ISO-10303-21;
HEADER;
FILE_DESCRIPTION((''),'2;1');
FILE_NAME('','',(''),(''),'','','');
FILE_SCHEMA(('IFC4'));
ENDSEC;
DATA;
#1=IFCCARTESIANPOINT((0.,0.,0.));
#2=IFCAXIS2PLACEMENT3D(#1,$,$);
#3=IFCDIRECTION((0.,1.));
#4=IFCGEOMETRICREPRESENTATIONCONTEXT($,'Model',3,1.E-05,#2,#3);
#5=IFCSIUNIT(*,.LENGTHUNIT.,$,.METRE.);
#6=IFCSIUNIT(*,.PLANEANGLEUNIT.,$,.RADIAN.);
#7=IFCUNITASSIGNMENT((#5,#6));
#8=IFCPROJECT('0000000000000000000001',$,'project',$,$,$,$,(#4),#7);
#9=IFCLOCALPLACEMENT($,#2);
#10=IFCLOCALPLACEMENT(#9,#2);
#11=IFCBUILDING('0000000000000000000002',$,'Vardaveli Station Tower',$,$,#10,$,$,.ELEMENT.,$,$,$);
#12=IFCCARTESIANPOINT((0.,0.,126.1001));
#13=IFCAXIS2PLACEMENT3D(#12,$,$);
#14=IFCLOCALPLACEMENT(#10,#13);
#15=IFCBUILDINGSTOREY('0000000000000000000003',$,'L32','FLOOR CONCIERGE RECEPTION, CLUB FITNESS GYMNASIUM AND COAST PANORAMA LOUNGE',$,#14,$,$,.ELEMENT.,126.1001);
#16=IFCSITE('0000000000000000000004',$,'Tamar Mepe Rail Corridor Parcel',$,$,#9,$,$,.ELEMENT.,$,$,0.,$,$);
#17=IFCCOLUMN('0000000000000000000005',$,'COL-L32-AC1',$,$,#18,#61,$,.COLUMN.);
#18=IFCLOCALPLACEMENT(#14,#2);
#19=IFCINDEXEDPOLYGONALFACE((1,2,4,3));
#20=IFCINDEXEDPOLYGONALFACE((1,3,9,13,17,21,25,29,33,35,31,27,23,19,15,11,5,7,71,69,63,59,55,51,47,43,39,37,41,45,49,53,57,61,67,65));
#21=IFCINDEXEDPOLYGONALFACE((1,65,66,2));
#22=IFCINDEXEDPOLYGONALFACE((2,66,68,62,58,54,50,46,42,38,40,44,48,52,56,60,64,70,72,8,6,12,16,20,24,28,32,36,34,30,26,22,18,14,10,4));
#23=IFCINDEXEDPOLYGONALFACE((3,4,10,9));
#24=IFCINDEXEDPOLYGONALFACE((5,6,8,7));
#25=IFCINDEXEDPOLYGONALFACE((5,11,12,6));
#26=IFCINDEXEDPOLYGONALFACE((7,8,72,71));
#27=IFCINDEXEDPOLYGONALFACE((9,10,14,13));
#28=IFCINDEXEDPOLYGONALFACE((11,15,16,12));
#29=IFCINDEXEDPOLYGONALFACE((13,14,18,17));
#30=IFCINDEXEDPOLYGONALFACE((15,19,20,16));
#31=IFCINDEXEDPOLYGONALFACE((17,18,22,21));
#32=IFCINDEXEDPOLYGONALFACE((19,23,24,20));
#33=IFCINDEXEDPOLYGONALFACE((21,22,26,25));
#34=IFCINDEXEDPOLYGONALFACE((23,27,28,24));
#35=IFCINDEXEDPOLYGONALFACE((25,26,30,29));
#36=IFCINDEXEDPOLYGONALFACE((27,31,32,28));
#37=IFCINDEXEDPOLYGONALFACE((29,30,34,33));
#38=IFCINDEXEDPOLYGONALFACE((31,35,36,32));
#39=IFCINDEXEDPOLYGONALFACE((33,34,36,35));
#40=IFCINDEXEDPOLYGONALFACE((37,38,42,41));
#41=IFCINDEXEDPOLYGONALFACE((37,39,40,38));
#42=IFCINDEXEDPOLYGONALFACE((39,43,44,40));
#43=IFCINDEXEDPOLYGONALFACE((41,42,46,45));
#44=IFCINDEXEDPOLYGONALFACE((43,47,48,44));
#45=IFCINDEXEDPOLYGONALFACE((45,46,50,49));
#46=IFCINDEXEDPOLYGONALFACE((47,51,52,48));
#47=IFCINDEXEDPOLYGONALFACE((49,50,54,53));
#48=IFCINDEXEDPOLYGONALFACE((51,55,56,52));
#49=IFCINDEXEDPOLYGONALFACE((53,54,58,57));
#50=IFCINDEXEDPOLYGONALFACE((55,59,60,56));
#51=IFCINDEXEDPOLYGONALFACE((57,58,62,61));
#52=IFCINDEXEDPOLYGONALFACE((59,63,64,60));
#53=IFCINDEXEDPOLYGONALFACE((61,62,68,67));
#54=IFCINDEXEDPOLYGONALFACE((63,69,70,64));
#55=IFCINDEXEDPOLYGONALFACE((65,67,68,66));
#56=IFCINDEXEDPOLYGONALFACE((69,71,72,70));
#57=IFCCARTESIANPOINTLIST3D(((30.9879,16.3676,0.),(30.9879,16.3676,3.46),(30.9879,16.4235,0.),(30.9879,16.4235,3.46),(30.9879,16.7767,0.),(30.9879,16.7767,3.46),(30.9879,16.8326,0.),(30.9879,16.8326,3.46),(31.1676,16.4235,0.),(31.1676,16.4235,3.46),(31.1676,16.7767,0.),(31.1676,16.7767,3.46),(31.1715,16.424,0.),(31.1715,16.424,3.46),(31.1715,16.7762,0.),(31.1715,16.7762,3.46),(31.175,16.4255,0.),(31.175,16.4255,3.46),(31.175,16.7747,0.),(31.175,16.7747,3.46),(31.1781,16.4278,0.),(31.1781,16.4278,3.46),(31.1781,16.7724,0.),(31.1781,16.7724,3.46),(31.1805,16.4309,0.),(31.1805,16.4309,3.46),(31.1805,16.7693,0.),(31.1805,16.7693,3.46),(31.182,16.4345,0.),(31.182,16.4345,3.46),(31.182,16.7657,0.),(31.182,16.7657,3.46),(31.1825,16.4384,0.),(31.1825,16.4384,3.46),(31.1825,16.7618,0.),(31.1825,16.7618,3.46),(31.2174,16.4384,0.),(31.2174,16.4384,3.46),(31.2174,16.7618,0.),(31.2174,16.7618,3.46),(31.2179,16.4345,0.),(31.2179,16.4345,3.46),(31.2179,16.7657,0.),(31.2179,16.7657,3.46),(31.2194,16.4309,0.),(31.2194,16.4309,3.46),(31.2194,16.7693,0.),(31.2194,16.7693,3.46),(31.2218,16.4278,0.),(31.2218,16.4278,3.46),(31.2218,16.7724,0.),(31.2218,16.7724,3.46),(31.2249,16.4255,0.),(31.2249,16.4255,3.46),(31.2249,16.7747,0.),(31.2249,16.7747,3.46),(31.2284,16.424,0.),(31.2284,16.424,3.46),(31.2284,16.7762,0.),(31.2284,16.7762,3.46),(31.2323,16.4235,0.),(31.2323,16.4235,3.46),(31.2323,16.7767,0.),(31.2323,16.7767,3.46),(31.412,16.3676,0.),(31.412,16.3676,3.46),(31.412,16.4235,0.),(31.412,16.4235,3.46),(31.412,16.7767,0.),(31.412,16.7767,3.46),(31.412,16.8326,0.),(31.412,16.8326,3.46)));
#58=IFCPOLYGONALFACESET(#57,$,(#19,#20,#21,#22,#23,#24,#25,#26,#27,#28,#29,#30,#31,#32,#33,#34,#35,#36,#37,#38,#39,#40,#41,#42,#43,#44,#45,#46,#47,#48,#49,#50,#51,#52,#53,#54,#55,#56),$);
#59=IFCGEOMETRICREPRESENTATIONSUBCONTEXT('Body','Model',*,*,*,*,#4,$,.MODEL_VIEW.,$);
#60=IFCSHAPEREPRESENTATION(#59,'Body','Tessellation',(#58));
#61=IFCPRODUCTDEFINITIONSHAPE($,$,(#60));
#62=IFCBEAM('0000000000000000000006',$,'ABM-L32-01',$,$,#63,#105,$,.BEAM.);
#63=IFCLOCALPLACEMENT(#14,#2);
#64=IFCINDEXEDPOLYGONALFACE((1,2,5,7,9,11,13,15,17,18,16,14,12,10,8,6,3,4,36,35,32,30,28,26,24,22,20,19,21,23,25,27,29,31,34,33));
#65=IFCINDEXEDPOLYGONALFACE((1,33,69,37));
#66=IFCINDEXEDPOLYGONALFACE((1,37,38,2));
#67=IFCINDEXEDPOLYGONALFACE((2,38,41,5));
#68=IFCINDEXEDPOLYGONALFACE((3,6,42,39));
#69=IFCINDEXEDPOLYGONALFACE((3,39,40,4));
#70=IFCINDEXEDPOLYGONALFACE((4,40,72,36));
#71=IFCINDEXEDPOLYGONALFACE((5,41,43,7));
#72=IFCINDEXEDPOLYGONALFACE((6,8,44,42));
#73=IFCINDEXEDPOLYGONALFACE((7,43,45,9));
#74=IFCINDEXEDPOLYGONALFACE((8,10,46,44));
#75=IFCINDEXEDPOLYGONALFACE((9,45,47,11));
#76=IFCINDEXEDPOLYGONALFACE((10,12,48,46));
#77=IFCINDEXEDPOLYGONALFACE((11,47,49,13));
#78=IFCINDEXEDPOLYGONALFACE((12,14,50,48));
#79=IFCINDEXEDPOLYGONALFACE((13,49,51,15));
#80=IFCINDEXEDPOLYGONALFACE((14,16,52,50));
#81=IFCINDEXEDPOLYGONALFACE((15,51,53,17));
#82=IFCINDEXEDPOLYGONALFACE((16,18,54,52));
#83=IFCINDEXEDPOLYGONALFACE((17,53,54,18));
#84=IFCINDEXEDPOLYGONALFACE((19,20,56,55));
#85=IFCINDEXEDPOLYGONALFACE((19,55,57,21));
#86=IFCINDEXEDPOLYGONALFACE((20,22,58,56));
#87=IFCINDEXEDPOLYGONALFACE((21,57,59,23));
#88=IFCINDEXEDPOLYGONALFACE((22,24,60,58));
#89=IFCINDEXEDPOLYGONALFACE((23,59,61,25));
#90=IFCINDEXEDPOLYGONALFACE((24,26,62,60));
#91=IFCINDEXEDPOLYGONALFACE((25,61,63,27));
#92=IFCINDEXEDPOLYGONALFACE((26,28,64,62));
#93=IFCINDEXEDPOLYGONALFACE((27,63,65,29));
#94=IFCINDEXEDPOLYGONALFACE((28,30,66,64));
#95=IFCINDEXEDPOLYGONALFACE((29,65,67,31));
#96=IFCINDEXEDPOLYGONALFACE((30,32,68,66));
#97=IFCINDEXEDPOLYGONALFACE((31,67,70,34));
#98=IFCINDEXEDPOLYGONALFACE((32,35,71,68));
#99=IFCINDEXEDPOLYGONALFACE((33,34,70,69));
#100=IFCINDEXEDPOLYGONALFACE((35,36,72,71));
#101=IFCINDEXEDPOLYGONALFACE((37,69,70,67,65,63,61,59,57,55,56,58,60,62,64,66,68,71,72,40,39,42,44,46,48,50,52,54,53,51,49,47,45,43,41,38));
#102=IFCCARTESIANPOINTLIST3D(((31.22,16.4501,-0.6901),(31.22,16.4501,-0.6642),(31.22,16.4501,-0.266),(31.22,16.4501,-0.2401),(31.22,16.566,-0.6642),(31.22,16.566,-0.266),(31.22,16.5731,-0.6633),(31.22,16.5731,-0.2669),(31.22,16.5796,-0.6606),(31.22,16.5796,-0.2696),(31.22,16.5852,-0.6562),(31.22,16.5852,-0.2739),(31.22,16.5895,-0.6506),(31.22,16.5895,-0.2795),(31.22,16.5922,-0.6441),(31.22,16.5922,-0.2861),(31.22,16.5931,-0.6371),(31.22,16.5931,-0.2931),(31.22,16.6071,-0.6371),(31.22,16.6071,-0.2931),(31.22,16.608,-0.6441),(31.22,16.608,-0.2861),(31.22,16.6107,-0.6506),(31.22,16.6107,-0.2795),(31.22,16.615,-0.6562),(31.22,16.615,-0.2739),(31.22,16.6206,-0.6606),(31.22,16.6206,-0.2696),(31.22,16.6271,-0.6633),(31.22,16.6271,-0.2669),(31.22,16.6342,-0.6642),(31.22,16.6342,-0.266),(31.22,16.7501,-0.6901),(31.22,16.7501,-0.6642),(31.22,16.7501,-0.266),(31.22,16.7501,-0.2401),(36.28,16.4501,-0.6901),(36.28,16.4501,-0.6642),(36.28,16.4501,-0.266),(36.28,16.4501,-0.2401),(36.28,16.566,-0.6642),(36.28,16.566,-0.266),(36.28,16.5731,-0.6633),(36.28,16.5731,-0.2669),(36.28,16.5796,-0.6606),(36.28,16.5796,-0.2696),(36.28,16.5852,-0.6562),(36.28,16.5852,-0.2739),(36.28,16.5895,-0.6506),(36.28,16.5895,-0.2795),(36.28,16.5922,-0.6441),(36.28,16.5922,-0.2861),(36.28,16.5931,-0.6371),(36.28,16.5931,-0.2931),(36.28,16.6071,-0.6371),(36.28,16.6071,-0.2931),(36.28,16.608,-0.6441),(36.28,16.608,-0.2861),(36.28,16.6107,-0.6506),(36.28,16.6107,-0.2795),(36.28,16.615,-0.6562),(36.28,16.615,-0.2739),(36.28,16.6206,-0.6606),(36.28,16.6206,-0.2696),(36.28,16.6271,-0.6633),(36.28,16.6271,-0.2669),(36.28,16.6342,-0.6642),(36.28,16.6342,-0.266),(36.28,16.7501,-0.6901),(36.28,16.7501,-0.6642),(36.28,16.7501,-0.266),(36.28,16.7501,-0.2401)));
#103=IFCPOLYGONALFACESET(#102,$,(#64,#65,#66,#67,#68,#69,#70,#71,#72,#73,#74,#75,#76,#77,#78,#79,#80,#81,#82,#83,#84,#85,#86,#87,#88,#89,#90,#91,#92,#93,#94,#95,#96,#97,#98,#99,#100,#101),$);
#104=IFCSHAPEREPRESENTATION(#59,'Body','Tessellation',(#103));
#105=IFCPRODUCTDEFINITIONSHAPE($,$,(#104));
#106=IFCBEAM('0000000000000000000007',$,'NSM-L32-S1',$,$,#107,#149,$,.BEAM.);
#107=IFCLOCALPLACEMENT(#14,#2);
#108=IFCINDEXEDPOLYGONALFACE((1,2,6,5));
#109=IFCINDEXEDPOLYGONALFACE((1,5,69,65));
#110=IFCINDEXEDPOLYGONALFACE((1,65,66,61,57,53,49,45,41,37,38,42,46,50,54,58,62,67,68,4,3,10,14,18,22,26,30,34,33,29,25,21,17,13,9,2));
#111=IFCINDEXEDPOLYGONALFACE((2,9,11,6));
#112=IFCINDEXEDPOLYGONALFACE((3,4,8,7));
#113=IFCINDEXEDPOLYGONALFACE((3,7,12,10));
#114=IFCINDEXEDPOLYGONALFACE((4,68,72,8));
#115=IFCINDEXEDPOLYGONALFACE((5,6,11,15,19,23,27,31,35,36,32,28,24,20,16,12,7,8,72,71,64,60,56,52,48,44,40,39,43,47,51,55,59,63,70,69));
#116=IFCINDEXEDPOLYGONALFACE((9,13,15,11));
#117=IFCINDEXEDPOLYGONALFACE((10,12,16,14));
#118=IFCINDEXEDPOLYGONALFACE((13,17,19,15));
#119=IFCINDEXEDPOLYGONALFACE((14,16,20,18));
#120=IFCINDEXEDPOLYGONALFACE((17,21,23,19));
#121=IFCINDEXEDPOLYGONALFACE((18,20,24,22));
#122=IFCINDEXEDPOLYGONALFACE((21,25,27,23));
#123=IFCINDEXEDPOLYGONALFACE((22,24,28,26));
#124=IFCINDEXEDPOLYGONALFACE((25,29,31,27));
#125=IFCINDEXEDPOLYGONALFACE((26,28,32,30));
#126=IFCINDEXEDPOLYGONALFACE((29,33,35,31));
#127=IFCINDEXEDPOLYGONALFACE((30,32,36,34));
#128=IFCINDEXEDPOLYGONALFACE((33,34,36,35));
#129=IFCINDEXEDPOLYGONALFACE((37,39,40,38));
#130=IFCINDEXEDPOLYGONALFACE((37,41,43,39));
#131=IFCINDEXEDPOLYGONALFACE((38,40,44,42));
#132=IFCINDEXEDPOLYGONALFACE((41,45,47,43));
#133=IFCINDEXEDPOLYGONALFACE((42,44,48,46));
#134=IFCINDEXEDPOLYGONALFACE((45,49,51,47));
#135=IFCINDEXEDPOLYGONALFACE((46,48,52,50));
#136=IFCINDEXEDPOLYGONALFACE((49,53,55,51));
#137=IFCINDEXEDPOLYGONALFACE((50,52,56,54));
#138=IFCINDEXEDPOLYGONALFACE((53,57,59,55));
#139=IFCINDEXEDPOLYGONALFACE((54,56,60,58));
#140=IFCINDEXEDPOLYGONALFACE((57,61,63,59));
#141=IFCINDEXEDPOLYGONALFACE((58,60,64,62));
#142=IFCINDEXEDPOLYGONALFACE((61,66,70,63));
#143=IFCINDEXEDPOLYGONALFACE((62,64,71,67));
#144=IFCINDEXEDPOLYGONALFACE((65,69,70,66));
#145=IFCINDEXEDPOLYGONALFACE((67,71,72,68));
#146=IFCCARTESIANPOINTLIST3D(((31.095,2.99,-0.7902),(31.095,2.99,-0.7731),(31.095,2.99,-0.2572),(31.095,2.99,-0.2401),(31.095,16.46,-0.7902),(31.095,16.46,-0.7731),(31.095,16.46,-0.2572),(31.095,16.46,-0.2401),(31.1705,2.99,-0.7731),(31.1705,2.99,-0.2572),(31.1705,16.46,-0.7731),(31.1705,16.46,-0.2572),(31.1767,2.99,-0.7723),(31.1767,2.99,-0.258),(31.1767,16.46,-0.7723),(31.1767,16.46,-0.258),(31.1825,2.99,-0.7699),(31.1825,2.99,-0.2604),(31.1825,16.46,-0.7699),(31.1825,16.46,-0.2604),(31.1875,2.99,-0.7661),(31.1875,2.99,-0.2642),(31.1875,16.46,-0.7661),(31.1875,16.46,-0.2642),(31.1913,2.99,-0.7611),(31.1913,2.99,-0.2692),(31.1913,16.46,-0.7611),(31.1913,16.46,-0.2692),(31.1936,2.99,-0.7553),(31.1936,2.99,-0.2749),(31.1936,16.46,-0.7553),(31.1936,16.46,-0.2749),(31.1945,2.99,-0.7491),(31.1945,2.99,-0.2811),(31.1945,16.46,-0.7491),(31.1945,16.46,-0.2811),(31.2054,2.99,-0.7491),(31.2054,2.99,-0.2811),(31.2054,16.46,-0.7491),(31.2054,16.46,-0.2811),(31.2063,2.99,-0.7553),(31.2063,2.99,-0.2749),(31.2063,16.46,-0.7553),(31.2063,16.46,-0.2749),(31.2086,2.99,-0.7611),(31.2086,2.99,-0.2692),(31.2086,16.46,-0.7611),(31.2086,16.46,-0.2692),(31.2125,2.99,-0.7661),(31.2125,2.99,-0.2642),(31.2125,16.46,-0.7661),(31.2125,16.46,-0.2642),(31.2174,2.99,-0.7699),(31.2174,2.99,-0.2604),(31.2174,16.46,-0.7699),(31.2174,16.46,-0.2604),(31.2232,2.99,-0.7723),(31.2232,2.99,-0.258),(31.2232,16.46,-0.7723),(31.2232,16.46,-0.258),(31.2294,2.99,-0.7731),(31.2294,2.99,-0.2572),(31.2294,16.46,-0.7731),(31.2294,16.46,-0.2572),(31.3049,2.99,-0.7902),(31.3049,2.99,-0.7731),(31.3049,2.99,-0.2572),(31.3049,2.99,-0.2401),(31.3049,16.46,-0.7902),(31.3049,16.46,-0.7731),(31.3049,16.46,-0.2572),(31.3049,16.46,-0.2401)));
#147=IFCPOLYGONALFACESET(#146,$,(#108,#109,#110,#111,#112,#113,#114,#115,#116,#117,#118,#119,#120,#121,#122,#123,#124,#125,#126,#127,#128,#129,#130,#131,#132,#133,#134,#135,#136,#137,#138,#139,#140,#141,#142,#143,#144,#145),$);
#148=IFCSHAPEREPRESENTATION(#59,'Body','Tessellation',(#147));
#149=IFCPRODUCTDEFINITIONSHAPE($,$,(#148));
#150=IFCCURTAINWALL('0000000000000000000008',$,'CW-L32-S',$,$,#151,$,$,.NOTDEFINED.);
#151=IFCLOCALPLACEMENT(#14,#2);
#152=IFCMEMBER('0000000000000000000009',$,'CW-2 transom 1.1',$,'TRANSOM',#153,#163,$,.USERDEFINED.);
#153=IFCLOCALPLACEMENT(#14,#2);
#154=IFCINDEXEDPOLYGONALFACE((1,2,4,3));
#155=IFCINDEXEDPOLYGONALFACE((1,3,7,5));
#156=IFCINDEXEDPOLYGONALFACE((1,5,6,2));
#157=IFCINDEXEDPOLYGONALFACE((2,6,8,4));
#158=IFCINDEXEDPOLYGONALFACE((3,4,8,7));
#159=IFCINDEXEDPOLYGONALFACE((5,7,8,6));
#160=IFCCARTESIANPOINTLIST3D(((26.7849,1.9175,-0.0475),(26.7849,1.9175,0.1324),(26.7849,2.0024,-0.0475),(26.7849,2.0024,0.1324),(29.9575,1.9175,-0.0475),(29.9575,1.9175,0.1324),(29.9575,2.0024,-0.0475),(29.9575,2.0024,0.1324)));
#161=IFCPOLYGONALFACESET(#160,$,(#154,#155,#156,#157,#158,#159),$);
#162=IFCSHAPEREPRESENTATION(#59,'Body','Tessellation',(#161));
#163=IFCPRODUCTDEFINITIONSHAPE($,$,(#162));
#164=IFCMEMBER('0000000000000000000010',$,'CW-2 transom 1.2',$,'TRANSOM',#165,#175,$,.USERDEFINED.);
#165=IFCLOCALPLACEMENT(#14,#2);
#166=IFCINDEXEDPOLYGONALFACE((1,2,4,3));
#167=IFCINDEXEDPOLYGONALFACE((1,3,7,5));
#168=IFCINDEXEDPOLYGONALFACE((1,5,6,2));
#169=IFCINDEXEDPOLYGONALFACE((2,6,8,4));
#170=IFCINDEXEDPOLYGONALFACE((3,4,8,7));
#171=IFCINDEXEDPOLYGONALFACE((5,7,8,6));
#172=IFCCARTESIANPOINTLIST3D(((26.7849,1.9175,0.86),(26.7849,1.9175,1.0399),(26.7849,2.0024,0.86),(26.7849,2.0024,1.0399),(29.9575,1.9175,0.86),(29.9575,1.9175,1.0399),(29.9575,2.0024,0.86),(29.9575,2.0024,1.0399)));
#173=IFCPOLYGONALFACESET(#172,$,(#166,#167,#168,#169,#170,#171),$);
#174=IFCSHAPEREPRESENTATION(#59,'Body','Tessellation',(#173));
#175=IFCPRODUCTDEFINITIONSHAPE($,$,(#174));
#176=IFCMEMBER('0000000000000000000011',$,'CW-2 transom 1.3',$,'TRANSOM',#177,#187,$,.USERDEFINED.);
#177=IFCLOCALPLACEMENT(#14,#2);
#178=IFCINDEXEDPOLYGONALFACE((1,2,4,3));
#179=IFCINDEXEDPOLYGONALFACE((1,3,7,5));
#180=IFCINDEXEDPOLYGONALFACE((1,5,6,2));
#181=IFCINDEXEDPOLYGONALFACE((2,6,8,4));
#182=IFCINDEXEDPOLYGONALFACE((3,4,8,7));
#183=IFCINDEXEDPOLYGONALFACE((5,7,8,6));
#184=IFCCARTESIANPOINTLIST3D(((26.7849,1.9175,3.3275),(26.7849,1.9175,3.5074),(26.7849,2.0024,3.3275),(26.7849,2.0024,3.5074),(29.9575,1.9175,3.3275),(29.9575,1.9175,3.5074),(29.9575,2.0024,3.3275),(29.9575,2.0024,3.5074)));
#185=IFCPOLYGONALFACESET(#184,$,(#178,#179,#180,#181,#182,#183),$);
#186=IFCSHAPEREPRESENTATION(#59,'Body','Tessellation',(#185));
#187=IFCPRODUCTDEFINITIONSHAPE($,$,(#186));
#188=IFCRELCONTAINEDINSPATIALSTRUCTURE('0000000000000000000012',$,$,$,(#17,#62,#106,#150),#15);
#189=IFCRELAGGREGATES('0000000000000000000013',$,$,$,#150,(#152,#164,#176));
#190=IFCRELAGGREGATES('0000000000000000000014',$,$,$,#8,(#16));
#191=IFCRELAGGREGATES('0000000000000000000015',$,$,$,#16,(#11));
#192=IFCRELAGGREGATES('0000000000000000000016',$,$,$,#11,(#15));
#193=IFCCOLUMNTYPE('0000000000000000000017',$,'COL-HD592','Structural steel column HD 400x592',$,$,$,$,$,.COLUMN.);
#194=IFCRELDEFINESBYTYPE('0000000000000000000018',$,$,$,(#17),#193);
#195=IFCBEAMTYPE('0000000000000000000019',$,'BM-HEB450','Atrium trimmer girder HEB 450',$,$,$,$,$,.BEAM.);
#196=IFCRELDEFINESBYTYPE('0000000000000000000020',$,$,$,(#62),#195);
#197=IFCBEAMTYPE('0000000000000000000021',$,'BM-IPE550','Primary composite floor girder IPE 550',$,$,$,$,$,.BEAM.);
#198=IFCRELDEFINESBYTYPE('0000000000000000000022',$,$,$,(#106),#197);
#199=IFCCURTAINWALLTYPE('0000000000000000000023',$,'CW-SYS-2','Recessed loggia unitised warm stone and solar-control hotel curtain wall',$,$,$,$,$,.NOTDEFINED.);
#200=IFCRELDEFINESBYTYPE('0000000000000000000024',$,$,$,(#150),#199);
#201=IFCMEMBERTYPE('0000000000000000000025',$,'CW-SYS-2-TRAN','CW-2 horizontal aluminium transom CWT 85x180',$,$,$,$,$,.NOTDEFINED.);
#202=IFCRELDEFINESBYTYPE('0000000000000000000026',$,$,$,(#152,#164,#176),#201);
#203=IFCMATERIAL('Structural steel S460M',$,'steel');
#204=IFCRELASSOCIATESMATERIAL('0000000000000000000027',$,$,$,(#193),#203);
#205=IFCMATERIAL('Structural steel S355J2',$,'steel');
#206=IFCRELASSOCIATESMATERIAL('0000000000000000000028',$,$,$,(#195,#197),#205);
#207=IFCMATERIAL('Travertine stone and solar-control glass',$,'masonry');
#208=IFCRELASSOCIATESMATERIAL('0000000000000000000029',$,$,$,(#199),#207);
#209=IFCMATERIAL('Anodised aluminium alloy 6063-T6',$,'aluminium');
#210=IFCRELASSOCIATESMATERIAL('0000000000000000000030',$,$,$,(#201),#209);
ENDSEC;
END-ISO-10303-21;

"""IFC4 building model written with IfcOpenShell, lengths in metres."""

from ifc_helpers import new_model, si_unit, direction, frame, origin, origin_2d, place, context, subcontext, project, spatial, rectangle, i_section, extrude, source, transform, mapped, material, material_profile, profile_set, type_object, element, aggregate, save


model = new_model("IFC4")

# Units and contexts
model_context = context("Model", 3, precision=1e-05, world=origin(), true_north=direction((0.0, 1.0)))
body_context = subcontext(model_context, "Body", "Model", "MODEL_VIEW")
ifc_project = project(units=[si_unit("LENGTHUNIT", "METRE"), si_unit("PLANEANGLEUNIT", "RADIAN")], contexts=[model_context])

# Site, building, storey
site_placement = place(None, origin())
site = spatial("IfcSite", under=ifc_project, at=site_placement, Name="Tamar Mepe Rail Corridor Parcel", CompositionType="ELEMENT", RefElevation=0.0)
building_placement = place(site_placement, origin())
building = spatial("IfcBuilding", under=site, at=building_placement, Name="Vardaveli Station Tower", CompositionType="ELEMENT")
storey_placement = place(building_placement, frame((0.0, 0.0, 126.1001)))
storey = spatial("IfcBuildingStorey", under=building, at=storey_placement, Name="L32", Description="FLOOR CONCIERGE RECEPTION, CLUB FITNESS GYMNASIUM AND COAST PANORAMA LOUNGE", CompositionType="ELEMENT", Elevation=126.1001)

# Column
ifc_material_1 = material(Name="Structural steel S460M", Category="steel")
ifc_material_profile_1 = material_profile(ifc_material_1, i_section(OverallWidth=0.4241, OverallDepth=0.4651, WebThickness=0.0349, FlangeThickness=0.0559, FilletRadius=0.0149, at=origin_2d()), Name="HD 400x592")
ifc_profile_set_1 = profile_set([ifc_material_profile_1], Name="Structural steel S460M")
column_type = type_object("IfcColumnType", Name="COL-HD592", Description="Structural steel column HD 400x592", PredefinedType="COLUMN", material=ifc_profile_set_1)
shared_shape_1 = source(origin(), body_context, "Body", "SweptSolid", [
    extrude(i_section(OverallWidth=0.4241, OverallDepth=0.4651, WebThickness=0.0349, FlangeThickness=0.0559, FilletRadius=0.0149, at=origin_2d()), origin(), (0.0, 0.0, 1.0), 3.46),
])
column_placement = place(storey_placement, frame((31.2, 16.6001, 0.0), z_axis=(0.0, 0.0, 1.0), x_axis=(1.0, 0.0, 0.0)))
element("IfcColumn", 1, at=column_placement, inside=storey, type_object=column_type, Name="COL-L32-AC1", PredefinedType="COLUMN", context=body_context, shape_type="MappedRepresentation", body=[
    mapped(shared_shape_1, transform((0.0, 0.0, 0.0), scale=1.0)),
])

# Beams
ifc_material_2 = material(Name="Structural steel S355J2", Category="steel")
ifc_material_profile_2 = material_profile(ifc_material_2, i_section(OverallWidth=0.3, OverallDepth=0.45, WebThickness=0.0139, FlangeThickness=0.0259, FilletRadius=0.0271, at=origin_2d()), Name="HEB 450")
ifc_profile_set_2 = profile_set([ifc_material_profile_2], Name="Structural steel S355J2")
beam_type_1 = type_object("IfcBeamType", Name="BM-HEB450", Description="Atrium trimmer girder HEB 450", PredefinedType="BEAM", material=ifc_profile_set_2)
shared_shape_2 = source(origin(), body_context, "Body", "SweptSolid", [
    extrude(i_section(OverallWidth=0.3, OverallDepth=0.45, WebThickness=0.0139, FlangeThickness=0.0259, FilletRadius=0.0271, at=origin_2d()), origin(), (0.0, 0.0, 1.0), 5.0601),
])
beam_1_placement = place(storey_placement, frame((31.22, 16.6001, -0.4651), z_axis=(1.0, 0.0, 0.0), x_axis=(0.0, 1.0, 0.0)))
element("IfcBeam", 2, at=beam_1_placement, inside=storey, type_object=beam_type_1, Name="ABM-L32-01", PredefinedType="BEAM", context=body_context, shape_type="MappedRepresentation", body=[
    mapped(shared_shape_2, transform((0.0, 0.0, 0.0), scale=1.0)),
])
ifc_material_profile_3 = material_profile(ifc_material_2, i_section(OverallWidth=0.21, OverallDepth=0.55, WebThickness=0.011, FlangeThickness=0.0171, FilletRadius=0.0239, at=origin_2d()), Name="IPE 550")
ifc_profile_set_3 = profile_set([ifc_material_profile_3], Name="Structural steel S355J2")
beam_type_2 = type_object("IfcBeamType", Name="BM-IPE550", Description="Primary composite floor girder IPE 550", PredefinedType="BEAM", material=ifc_profile_set_3)
shared_shape_3 = source(origin(), body_context, "Body", "SweptSolid", [
    extrude(i_section(OverallWidth=0.21, OverallDepth=0.55, WebThickness=0.011, FlangeThickness=0.0171, FilletRadius=0.0239, at=origin_2d()), origin(), (0.0, 0.0, 1.0), 13.47),
])
beam_2_placement = place(storey_placement, frame((31.2, 2.99, -0.5151), z_axis=(0.0, 1.0, 0.0), x_axis=(-1.0, 0.0, 0.0)))
element("IfcBeam", 3, at=beam_2_placement, inside=storey, type_object=beam_type_2, Name="NSM-L32-S1", PredefinedType="BEAM", context=body_context, shape_type="MappedRepresentation", body=[
    mapped(shared_shape_3, transform((0.0, 0.0, 0.0), scale=1.0)),
])

# Curtain wall, members
ifc_material_3 = material(Name="Travertine stone and solar-control glass", Category="masonry")
curtain_wall_type = type_object("IfcCurtainWallType", Name="CW-SYS-2", Description="Recessed loggia unitised warm stone and solar-control hotel curtain wall", PredefinedType="NOTDEFINED", material=ifc_material_3)
curtain_wall_placement = place(storey_placement, origin())
curtain_wall = element("IfcCurtainWall", 4, at=curtain_wall_placement, inside=storey, type_object=curtain_wall_type, Name="CW-L32-S", PredefinedType="NOTDEFINED")
ifc_material_4 = material(Name="Anodised aluminium alloy 6063-T6", Category="aluminium")
ifc_material_profile_4 = material_profile(ifc_material_4, rectangle(XDim=0.085, YDim=0.1799, at=origin_2d()), Name="CWT 85x180")
ifc_profile_set_4 = profile_set([ifc_material_profile_4], Name="Anodised aluminium alloy 6063-T6")
member_type_1 = type_object("IfcMemberType", Name="CW-SYS-2-TRAN", Description="CW-2 horizontal aluminium transom CWT 85x180", PredefinedType="NOTDEFINED", material=ifc_profile_set_4)
shared_shape_4 = source(origin(), body_context, "Body", "SweptSolid", [
    extrude(rectangle(XDim=0.085, YDim=0.1799, at=origin_2d()), origin(), (0.0, 0.0, 1.0), 3.1726),
])
member_1_placement = place(storey_placement, frame((26.7849, 1.96, 0.0425), z_axis=(1.0, 0.0, 0.0), x_axis=(0.0, 1.0, 0.0)))
member_1 = element("IfcMember", 5, at=member_1_placement, type_object=member_type_1, Name="CW-2 transom 1.1", ObjectType="TRANSOM", PredefinedType="USERDEFINED", context=body_context, shape_type="MappedRepresentation", body=[
    mapped(shared_shape_4, transform((0.0, 0.0, 0.0), scale=1.0)),
])
member_2_placement = place(storey_placement, frame((26.7849, 1.96, 0.95), z_axis=(1.0, 0.0, 0.0), x_axis=(0.0, 1.0, 0.0)))
member_2 = element("IfcMember", 6, at=member_2_placement, type_object=member_type_1, Name="CW-2 transom 1.2", ObjectType="TRANSOM", PredefinedType="USERDEFINED", context=body_context, shape_type="MappedRepresentation", body=[
    mapped(shared_shape_4, transform((0.0, 0.0, 0.0), scale=1.0)),
])
member_3_placement = place(storey_placement, frame((26.7849, 1.96, 3.4175), z_axis=(1.0, 0.0, 0.0), x_axis=(0.0, 1.0, 0.0)))
member_3 = element("IfcMember", 7, at=member_3_placement, type_object=member_type_1, Name="CW-2 transom 1.3", ObjectType="TRANSOM", PredefinedType="USERDEFINED", context=body_context, shape_type="MappedRepresentation", body=[
    mapped(shared_shape_4, transform((0.0, 0.0, 0.0), scale=1.0)),
])
aggregate(curtain_wall, [member_1, member_2, member_3])

save(model, "model.ifc")
